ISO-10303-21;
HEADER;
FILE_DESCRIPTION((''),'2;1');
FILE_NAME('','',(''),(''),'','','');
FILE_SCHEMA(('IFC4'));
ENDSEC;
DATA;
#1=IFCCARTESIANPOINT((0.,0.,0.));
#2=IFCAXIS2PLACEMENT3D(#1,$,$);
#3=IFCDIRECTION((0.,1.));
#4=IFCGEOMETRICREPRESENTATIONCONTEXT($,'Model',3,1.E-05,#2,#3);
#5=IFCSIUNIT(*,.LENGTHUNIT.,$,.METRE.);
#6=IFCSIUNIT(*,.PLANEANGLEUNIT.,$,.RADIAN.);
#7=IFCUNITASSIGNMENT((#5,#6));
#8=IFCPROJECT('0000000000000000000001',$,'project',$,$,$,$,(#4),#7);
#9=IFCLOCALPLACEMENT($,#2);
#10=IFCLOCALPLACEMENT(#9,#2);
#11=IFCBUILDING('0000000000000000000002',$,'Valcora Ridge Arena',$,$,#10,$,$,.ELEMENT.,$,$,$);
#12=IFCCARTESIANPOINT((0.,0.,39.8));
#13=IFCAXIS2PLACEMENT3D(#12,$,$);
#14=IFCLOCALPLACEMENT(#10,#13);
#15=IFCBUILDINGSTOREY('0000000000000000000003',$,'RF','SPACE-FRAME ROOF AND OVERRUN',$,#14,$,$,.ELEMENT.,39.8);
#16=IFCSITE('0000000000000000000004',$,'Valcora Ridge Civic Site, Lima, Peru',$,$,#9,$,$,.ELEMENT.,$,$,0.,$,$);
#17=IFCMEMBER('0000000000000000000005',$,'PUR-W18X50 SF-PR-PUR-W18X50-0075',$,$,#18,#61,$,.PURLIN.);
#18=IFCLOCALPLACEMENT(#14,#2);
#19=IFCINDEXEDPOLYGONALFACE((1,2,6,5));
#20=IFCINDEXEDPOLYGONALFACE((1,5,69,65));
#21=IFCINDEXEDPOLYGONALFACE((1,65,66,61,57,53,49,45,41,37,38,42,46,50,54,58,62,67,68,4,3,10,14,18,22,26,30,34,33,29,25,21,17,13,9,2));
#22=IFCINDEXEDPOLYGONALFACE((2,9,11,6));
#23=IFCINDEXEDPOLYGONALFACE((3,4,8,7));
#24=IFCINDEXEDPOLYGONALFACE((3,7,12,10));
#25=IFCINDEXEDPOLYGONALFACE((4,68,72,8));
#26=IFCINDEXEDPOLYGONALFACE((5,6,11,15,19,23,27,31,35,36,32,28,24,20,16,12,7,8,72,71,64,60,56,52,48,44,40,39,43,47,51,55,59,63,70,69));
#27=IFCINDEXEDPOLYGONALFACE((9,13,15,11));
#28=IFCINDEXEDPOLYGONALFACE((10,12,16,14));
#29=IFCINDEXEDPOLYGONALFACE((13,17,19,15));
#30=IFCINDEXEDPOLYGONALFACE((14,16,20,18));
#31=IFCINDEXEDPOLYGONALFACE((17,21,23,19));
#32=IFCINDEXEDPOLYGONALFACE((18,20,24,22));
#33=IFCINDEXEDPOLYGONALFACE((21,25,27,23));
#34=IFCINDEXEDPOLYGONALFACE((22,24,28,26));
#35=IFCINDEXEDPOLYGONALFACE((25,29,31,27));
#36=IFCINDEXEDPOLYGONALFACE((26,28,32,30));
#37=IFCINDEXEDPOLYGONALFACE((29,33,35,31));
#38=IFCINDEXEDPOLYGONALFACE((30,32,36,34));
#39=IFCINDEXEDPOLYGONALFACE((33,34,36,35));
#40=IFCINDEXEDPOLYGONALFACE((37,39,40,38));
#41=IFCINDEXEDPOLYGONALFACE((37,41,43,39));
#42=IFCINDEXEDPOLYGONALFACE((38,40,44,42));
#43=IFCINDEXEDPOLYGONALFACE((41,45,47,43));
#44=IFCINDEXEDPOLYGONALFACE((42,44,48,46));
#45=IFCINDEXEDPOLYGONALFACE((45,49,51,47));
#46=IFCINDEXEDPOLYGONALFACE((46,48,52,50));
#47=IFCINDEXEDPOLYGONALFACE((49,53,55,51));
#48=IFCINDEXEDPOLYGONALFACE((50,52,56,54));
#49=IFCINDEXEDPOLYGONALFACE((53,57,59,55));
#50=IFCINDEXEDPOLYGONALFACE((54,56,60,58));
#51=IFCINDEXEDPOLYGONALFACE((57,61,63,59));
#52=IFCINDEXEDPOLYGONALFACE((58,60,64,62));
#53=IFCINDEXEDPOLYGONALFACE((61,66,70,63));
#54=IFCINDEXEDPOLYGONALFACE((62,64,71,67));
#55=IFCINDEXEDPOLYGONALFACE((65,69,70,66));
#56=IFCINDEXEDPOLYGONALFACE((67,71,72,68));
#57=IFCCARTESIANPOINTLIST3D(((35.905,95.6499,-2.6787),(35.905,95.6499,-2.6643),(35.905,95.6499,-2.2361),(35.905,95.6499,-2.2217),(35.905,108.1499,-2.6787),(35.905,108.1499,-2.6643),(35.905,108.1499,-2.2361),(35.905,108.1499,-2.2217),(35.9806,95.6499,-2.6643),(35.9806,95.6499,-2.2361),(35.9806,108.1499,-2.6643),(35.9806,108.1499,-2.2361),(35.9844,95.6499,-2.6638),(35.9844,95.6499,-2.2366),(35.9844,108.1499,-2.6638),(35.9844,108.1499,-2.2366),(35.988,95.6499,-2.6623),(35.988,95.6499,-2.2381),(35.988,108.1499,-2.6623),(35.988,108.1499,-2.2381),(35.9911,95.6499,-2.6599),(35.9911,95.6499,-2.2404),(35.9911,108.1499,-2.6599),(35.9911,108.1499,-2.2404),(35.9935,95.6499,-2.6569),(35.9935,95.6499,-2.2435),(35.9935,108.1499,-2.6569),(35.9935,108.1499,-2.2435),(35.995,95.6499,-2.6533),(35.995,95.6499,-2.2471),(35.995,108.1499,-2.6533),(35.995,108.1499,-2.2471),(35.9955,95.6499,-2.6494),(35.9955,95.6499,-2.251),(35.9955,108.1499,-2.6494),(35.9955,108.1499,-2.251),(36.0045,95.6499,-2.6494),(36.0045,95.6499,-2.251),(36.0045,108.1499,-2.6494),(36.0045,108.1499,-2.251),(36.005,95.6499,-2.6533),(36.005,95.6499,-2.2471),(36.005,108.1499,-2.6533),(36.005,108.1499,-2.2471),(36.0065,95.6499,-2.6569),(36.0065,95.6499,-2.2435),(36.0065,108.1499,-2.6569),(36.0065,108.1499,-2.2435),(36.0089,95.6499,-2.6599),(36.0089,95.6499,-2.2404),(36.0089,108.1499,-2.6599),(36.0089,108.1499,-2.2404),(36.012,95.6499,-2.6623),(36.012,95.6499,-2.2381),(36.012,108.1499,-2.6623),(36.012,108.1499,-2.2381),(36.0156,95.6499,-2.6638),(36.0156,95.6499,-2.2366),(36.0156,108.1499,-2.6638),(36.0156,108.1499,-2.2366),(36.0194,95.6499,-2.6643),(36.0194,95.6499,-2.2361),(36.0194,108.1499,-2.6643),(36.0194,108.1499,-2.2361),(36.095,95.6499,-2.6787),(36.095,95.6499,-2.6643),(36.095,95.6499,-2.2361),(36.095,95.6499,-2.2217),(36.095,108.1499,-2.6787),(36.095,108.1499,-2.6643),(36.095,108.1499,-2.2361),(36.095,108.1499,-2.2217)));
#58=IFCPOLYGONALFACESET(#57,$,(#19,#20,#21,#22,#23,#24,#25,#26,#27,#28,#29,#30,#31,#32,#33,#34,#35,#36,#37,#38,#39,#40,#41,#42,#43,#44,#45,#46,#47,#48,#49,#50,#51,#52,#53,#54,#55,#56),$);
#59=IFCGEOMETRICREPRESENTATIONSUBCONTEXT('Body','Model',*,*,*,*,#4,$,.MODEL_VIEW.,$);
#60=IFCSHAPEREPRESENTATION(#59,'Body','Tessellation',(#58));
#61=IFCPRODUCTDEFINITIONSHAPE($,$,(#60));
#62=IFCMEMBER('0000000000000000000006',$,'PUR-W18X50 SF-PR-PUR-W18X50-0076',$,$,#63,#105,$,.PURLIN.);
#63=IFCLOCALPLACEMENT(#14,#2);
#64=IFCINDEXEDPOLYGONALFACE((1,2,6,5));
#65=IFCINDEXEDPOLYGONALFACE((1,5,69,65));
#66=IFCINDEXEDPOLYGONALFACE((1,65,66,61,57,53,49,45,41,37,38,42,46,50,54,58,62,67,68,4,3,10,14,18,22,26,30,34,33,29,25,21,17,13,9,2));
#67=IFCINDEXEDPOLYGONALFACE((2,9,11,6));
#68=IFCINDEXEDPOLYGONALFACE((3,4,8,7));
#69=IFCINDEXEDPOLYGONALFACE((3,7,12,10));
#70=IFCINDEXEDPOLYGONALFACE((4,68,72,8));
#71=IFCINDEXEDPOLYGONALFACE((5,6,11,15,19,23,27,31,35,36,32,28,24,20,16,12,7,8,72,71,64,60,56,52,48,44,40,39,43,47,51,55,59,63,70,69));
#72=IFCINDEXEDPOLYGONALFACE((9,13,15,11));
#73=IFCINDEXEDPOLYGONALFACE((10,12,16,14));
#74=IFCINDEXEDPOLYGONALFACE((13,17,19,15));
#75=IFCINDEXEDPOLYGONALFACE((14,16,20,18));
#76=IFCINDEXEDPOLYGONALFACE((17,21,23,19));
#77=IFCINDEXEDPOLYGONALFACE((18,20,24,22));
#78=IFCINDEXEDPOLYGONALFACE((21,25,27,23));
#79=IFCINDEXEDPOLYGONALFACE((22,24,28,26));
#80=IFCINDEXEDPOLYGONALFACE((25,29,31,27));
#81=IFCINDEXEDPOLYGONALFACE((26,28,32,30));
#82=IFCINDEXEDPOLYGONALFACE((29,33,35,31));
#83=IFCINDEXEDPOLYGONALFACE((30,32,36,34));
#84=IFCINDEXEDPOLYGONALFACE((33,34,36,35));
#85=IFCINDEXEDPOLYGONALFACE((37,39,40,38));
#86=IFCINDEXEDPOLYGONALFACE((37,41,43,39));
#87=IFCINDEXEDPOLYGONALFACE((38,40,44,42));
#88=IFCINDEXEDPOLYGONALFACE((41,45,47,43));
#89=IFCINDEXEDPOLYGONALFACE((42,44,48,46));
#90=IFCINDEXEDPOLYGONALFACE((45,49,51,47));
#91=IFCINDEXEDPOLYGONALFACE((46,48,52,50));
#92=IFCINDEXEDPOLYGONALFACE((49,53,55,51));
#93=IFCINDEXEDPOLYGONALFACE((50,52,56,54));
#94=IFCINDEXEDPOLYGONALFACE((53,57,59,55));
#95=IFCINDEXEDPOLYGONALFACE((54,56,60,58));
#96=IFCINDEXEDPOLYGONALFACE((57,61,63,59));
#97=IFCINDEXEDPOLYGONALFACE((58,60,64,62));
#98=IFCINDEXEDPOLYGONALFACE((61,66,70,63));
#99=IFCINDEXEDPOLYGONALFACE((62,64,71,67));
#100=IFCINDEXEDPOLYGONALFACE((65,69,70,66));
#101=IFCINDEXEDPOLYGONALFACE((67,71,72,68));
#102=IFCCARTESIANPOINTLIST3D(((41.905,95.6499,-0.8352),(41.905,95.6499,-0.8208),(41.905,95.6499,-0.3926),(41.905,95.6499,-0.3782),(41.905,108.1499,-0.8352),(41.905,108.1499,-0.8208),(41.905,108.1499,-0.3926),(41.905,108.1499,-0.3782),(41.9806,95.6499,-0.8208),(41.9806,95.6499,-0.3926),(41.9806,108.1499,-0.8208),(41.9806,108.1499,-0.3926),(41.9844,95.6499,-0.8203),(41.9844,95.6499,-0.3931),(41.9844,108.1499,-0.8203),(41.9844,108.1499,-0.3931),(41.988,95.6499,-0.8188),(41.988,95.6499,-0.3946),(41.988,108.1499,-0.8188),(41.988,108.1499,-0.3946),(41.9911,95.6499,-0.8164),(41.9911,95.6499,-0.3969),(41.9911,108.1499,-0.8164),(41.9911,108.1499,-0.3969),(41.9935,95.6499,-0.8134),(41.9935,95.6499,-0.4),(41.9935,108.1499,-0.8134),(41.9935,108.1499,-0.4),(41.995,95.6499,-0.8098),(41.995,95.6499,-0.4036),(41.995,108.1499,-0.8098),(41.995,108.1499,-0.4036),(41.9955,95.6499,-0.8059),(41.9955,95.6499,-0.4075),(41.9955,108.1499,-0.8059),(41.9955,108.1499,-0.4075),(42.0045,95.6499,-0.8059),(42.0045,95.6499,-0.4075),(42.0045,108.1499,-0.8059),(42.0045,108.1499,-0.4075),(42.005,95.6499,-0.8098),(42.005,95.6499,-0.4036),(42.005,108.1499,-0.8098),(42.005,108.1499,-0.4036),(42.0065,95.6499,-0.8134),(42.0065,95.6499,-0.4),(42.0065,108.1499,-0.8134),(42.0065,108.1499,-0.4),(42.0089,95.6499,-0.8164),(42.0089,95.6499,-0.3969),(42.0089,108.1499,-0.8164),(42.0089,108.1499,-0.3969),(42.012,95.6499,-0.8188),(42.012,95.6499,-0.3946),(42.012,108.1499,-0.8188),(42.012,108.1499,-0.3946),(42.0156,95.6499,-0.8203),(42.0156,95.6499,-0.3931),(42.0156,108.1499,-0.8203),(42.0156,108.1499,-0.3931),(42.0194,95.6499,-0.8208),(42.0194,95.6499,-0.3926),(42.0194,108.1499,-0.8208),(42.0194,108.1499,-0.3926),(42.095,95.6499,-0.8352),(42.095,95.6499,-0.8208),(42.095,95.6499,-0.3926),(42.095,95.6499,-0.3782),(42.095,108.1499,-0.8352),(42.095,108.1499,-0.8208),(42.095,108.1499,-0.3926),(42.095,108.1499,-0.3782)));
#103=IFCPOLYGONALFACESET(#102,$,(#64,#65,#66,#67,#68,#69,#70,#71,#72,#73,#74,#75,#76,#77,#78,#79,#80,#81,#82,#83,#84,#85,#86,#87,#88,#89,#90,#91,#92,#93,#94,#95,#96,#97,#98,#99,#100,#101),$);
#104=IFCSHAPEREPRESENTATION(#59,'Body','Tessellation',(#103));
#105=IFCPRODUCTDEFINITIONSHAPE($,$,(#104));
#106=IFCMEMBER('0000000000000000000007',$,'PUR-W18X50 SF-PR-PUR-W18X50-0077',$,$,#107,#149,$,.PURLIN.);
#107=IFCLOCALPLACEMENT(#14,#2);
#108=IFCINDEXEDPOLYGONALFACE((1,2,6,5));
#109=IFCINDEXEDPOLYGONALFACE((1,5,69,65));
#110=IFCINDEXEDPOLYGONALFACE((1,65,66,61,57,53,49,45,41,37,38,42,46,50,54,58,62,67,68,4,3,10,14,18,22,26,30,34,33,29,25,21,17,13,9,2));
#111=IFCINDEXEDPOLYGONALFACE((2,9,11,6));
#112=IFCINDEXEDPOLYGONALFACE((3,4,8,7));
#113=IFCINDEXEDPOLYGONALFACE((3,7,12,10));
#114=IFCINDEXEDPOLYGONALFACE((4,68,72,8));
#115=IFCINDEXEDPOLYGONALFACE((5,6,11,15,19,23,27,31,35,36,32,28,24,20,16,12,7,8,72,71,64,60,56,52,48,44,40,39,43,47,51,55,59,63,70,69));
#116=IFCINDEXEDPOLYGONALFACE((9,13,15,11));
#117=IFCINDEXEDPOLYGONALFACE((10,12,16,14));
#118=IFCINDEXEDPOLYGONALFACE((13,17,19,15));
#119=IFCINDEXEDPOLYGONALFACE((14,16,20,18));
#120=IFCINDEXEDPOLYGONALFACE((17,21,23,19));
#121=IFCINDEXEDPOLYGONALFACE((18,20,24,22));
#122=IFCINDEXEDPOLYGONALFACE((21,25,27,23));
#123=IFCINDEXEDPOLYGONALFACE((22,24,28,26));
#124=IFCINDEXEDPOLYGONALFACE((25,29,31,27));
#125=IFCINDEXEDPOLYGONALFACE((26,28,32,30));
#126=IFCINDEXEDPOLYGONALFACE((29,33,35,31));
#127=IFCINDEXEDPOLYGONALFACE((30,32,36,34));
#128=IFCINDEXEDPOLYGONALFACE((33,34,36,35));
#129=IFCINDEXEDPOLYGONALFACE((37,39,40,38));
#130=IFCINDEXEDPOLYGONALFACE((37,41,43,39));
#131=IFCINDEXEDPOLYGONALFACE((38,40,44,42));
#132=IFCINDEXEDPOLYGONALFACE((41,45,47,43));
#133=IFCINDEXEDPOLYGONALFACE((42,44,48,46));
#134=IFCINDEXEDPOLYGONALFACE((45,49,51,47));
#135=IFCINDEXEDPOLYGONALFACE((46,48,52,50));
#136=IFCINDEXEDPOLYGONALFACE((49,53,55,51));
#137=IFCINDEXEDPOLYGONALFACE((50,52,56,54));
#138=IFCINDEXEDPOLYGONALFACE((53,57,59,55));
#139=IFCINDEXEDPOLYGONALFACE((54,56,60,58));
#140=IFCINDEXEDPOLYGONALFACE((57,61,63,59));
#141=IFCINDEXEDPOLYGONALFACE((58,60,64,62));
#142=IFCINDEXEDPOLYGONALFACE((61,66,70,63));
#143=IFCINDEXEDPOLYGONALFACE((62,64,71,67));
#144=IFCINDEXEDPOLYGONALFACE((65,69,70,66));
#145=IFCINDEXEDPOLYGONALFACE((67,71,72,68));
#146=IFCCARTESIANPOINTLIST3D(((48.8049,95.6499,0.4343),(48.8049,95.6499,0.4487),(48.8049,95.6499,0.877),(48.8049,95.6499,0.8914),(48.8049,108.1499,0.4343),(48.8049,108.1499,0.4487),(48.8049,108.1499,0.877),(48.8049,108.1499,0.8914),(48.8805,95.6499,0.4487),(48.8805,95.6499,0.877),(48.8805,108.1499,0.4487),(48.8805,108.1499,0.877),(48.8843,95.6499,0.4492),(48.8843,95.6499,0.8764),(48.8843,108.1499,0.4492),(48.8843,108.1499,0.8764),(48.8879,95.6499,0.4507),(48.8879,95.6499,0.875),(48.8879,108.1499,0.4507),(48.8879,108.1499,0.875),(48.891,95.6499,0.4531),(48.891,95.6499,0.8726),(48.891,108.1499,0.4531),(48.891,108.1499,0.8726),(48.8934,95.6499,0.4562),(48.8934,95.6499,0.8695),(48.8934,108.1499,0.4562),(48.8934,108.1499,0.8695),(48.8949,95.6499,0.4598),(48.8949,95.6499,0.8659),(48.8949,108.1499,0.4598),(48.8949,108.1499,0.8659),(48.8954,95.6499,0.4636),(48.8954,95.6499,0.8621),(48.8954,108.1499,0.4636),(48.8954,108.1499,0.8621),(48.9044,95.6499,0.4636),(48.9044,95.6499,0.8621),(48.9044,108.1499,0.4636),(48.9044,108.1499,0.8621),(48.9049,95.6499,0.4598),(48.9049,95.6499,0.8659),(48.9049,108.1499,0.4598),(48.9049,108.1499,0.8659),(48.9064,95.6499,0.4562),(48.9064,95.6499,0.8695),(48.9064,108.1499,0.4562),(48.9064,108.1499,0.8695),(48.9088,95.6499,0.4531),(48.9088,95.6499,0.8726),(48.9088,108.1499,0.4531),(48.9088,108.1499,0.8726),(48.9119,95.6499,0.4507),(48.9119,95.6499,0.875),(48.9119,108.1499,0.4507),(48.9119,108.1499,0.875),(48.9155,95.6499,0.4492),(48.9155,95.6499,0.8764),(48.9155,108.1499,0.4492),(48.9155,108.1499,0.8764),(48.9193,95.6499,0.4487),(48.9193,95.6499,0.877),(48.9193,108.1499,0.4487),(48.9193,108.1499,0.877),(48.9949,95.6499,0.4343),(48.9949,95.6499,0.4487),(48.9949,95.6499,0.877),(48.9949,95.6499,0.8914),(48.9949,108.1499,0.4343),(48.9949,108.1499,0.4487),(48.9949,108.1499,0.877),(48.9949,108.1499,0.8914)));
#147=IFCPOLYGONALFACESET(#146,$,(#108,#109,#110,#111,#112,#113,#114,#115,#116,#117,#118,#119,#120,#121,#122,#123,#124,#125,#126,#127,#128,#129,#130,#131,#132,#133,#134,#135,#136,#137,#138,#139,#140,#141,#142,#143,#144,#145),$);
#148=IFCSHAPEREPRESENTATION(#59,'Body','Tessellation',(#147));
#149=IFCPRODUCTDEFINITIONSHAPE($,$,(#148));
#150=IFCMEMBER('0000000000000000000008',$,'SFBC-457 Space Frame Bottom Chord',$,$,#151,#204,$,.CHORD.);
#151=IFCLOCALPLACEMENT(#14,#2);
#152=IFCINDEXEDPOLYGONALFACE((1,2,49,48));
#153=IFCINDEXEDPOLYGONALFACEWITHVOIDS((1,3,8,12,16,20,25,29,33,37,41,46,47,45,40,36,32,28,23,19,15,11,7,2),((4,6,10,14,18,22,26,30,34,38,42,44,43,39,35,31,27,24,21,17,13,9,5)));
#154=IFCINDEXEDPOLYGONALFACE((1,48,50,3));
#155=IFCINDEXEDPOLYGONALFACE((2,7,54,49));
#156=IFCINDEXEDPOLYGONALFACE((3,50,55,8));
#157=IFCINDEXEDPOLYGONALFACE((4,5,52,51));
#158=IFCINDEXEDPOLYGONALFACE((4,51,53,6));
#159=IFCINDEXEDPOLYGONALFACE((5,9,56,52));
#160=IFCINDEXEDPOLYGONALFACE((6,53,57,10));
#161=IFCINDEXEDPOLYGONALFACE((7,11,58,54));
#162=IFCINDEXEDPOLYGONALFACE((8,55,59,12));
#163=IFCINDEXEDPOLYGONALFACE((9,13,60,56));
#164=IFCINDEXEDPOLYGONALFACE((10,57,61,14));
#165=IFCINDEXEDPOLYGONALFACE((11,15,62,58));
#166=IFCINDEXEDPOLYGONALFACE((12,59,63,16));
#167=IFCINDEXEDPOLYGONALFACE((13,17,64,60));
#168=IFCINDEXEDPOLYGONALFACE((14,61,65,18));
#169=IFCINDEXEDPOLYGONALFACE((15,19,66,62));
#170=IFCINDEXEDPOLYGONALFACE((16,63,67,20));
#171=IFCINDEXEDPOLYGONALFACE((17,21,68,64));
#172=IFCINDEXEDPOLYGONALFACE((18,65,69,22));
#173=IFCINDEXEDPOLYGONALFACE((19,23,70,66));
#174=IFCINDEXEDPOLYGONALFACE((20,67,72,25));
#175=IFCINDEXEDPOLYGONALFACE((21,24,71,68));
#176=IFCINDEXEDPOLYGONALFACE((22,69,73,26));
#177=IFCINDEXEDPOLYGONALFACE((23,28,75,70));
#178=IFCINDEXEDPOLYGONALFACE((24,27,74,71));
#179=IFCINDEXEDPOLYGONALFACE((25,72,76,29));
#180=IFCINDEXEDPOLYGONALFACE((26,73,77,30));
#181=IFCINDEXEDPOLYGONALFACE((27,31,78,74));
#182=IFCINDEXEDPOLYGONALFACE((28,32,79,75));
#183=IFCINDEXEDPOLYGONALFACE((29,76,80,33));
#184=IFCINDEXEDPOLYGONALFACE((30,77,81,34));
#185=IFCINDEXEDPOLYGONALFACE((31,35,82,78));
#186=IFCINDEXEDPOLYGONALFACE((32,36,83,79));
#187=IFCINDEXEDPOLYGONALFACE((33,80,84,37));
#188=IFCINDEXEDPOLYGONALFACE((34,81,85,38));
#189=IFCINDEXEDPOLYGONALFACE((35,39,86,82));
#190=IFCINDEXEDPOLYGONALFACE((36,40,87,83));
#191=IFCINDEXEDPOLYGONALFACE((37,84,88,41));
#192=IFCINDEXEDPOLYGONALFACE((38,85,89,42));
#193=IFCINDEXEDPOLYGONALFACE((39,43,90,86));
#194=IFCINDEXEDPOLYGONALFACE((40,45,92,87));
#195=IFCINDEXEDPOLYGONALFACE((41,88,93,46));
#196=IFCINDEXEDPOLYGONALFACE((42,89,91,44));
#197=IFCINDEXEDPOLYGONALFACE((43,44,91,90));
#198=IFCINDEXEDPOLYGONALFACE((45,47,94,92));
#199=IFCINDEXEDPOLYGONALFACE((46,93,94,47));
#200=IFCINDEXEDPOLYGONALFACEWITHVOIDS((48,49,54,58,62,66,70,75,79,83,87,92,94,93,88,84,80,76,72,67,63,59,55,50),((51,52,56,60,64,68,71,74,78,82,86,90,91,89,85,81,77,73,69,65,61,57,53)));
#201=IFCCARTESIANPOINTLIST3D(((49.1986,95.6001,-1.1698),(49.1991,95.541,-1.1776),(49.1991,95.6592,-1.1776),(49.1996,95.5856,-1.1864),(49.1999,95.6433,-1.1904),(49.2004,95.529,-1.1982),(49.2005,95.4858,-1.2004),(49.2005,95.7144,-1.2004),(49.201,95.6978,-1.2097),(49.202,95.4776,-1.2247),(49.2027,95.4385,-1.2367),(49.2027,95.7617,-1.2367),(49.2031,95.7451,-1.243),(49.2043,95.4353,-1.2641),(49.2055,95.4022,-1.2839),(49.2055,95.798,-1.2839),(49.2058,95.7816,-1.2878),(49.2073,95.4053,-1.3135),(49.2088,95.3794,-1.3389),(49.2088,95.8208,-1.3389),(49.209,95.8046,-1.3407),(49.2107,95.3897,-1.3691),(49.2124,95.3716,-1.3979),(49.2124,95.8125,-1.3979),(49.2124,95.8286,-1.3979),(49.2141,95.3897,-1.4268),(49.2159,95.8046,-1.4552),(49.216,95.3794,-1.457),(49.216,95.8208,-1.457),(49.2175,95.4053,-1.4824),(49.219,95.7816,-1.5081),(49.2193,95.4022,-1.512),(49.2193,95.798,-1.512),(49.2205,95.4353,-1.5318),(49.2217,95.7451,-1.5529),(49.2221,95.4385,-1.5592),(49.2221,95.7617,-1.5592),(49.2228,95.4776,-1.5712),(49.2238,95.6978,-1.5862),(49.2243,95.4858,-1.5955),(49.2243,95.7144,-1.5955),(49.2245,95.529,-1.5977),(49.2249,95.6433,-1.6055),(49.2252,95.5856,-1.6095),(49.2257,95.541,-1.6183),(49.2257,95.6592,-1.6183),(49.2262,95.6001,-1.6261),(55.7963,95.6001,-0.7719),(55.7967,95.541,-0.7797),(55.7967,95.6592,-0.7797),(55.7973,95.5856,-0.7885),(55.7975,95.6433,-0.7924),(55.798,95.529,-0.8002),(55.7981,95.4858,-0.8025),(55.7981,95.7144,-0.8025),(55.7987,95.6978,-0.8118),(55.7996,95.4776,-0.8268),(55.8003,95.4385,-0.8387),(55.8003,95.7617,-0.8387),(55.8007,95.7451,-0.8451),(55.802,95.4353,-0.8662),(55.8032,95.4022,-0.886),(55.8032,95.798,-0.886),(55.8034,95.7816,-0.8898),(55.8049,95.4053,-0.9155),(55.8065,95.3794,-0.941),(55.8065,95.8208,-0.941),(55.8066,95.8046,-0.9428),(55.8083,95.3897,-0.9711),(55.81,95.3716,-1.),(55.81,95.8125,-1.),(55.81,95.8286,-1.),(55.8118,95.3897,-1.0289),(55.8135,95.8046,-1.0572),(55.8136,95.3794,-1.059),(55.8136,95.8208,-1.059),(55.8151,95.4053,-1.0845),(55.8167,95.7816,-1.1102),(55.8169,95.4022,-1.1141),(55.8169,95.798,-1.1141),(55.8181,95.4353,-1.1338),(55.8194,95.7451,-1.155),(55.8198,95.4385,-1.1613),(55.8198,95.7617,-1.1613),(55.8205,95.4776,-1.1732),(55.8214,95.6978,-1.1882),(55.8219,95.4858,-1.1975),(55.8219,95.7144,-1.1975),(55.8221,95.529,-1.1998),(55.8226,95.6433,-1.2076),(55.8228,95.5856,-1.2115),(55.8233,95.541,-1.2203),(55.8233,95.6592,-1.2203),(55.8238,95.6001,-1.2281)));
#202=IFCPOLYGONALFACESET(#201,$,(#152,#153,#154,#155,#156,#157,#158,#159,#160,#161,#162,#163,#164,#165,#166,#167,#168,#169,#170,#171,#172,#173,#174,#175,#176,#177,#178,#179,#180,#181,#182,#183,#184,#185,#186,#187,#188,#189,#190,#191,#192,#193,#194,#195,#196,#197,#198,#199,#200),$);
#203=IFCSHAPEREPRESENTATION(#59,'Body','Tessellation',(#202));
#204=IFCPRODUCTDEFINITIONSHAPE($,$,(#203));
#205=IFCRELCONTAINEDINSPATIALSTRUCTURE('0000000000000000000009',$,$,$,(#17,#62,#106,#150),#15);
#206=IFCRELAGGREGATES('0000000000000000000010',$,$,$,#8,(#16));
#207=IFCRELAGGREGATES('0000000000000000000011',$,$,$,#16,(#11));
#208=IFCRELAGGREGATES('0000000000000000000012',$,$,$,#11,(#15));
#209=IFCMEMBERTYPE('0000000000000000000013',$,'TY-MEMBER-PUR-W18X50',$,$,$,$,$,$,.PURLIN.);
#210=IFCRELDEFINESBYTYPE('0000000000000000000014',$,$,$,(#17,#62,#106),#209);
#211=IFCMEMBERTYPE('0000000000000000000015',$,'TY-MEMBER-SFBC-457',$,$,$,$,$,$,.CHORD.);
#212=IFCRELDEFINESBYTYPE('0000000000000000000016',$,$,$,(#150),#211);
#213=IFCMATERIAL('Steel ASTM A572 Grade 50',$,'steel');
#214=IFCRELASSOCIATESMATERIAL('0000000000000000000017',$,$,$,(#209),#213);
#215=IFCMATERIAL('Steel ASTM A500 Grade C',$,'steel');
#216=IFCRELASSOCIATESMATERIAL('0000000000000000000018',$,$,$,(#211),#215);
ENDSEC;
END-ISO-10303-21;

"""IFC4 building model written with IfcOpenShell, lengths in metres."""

from ifc_helpers import new_model, si_unit, direction, frame, origin, origin_2d, place, context, subcontext, project, spatial, hollow_circle, i_section, extrude, material, material_profile, profile_set, type_object, element, save


model = new_model("IFC4")

# Units and contexts
model_context = context("Model", 3, precision=1e-05, world=origin(), true_north=direction((0.0, 1.0)))
body_context = subcontext(model_context, "Body", "Model", "MODEL_VIEW")
ifc_project = project(units=[si_unit("LENGTHUNIT", "METRE"), si_unit("PLANEANGLEUNIT", "RADIAN")], contexts=[model_context])

# Site, building, storey
site_placement = place(None, origin())
site = spatial("IfcSite", under=ifc_project, at=site_placement, Name="Valcora Ridge Civic Site, Lima, Peru", CompositionType="ELEMENT", RefElevation=0.0)
building_placement = place(site_placement, origin())
building = spatial("IfcBuilding", under=site, at=building_placement, Name="Valcora Ridge Arena", CompositionType="ELEMENT")
storey_placement = place(building_placement, frame((0.0, 0.0, 39.8)))
storey = spatial("IfcBuildingStorey", under=building, at=storey_placement, Name="RF", Description="SPACE-FRAME ROOF AND OVERRUN", CompositionType="ELEMENT", Elevation=39.8)

# Members
ifc_material_1 = material(Name="Steel ASTM A572 Grade 50", Category="steel")
ifc_material_profile_1 = material_profile(ifc_material_1, i_section(OverallWidth=0.1899, OverallDepth=0.457, WebThickness=0.009, FlangeThickness=0.0144, FilletRadius=0.0149, at=origin_2d()), Name="W18X50")
ifc_profile_set_1 = profile_set([ifc_material_profile_1], Name="Steel ASTM A572 Grade 50")
member_type_1 = type_object("IfcMemberType", Name="TY-MEMBER-PUR-W18X50", PredefinedType="PURLIN", material=ifc_profile_set_1)
for number, where, z_axis, x_axis, name in (
    (1, (36.0, 95.6499, -2.4502), (0.0, 1.0, 0.0), (-1.0, 0.0, 0.0), "PUR-W18X50 SF-PR-PUR-W18X50-0075"),
    (2, (42.0, 95.6499, -0.6067), (0.0, 1.0, 0.0), (-1.0, 0.0, 0.0), "PUR-W18X50 SF-PR-PUR-W18X50-0076"),
    (3, (48.8999, 95.6499, 0.6628), (0.0, 1.0, 0.0), (-1.0, 0.0, 0.0), "PUR-W18X50 SF-PR-PUR-W18X50-0077"),
):
    element("IfcMember", number, at=place(storey_placement, frame(where, z_axis=z_axis, x_axis=x_axis)), inside=storey, type_object=member_type_1, Name=name, PredefinedType="PURLIN", context=body_context, shape_type="SweptSolid", body=[
        extrude(i_section(OverallWidth=0.1899, OverallDepth=0.457, WebThickness=0.009, FlangeThickness=0.0144, FilletRadius=0.0149, at=origin_2d()), origin(), (0.0, 0.0, 1.0), 12.5),
    ])
ifc_material_2 = material(Name="Steel ASTM A500 Grade C", Category="steel")
ifc_material_profile_2 = material_profile(ifc_material_2, hollow_circle(Radius=0.2285, WallThickness=0.0161, at=origin_2d()), Name="CHS457X16")
ifc_profile_set_2 = profile_set([ifc_material_profile_2], Name="Steel ASTM A500 Grade C")
member_type_2 = type_object("IfcMemberType", Name="TY-MEMBER-SFBC-457", PredefinedType="CHORD", material=ifc_profile_set_2)
member_1_placement = place(storey_placement, frame((49.2124, 95.6001, -1.3979), z_axis=(0.998186, 0.0, 0.060207), x_axis=(0.0, 1.0, 0.0)))
element("IfcMember", 4, at=member_1_placement, inside=storey, type_object=member_type_2, Name="SFBC-457 Space Frame Bottom Chord", PredefinedType="CHORD", context=body_context, shape_type="SweptSolid", body=[
    extrude(hollow_circle(Radius=0.2285, WallThickness=0.0161, at=origin_2d()), origin(), (0.0, 0.0, 1.0), 6.6096),
])

save(model, "model.ifc")
